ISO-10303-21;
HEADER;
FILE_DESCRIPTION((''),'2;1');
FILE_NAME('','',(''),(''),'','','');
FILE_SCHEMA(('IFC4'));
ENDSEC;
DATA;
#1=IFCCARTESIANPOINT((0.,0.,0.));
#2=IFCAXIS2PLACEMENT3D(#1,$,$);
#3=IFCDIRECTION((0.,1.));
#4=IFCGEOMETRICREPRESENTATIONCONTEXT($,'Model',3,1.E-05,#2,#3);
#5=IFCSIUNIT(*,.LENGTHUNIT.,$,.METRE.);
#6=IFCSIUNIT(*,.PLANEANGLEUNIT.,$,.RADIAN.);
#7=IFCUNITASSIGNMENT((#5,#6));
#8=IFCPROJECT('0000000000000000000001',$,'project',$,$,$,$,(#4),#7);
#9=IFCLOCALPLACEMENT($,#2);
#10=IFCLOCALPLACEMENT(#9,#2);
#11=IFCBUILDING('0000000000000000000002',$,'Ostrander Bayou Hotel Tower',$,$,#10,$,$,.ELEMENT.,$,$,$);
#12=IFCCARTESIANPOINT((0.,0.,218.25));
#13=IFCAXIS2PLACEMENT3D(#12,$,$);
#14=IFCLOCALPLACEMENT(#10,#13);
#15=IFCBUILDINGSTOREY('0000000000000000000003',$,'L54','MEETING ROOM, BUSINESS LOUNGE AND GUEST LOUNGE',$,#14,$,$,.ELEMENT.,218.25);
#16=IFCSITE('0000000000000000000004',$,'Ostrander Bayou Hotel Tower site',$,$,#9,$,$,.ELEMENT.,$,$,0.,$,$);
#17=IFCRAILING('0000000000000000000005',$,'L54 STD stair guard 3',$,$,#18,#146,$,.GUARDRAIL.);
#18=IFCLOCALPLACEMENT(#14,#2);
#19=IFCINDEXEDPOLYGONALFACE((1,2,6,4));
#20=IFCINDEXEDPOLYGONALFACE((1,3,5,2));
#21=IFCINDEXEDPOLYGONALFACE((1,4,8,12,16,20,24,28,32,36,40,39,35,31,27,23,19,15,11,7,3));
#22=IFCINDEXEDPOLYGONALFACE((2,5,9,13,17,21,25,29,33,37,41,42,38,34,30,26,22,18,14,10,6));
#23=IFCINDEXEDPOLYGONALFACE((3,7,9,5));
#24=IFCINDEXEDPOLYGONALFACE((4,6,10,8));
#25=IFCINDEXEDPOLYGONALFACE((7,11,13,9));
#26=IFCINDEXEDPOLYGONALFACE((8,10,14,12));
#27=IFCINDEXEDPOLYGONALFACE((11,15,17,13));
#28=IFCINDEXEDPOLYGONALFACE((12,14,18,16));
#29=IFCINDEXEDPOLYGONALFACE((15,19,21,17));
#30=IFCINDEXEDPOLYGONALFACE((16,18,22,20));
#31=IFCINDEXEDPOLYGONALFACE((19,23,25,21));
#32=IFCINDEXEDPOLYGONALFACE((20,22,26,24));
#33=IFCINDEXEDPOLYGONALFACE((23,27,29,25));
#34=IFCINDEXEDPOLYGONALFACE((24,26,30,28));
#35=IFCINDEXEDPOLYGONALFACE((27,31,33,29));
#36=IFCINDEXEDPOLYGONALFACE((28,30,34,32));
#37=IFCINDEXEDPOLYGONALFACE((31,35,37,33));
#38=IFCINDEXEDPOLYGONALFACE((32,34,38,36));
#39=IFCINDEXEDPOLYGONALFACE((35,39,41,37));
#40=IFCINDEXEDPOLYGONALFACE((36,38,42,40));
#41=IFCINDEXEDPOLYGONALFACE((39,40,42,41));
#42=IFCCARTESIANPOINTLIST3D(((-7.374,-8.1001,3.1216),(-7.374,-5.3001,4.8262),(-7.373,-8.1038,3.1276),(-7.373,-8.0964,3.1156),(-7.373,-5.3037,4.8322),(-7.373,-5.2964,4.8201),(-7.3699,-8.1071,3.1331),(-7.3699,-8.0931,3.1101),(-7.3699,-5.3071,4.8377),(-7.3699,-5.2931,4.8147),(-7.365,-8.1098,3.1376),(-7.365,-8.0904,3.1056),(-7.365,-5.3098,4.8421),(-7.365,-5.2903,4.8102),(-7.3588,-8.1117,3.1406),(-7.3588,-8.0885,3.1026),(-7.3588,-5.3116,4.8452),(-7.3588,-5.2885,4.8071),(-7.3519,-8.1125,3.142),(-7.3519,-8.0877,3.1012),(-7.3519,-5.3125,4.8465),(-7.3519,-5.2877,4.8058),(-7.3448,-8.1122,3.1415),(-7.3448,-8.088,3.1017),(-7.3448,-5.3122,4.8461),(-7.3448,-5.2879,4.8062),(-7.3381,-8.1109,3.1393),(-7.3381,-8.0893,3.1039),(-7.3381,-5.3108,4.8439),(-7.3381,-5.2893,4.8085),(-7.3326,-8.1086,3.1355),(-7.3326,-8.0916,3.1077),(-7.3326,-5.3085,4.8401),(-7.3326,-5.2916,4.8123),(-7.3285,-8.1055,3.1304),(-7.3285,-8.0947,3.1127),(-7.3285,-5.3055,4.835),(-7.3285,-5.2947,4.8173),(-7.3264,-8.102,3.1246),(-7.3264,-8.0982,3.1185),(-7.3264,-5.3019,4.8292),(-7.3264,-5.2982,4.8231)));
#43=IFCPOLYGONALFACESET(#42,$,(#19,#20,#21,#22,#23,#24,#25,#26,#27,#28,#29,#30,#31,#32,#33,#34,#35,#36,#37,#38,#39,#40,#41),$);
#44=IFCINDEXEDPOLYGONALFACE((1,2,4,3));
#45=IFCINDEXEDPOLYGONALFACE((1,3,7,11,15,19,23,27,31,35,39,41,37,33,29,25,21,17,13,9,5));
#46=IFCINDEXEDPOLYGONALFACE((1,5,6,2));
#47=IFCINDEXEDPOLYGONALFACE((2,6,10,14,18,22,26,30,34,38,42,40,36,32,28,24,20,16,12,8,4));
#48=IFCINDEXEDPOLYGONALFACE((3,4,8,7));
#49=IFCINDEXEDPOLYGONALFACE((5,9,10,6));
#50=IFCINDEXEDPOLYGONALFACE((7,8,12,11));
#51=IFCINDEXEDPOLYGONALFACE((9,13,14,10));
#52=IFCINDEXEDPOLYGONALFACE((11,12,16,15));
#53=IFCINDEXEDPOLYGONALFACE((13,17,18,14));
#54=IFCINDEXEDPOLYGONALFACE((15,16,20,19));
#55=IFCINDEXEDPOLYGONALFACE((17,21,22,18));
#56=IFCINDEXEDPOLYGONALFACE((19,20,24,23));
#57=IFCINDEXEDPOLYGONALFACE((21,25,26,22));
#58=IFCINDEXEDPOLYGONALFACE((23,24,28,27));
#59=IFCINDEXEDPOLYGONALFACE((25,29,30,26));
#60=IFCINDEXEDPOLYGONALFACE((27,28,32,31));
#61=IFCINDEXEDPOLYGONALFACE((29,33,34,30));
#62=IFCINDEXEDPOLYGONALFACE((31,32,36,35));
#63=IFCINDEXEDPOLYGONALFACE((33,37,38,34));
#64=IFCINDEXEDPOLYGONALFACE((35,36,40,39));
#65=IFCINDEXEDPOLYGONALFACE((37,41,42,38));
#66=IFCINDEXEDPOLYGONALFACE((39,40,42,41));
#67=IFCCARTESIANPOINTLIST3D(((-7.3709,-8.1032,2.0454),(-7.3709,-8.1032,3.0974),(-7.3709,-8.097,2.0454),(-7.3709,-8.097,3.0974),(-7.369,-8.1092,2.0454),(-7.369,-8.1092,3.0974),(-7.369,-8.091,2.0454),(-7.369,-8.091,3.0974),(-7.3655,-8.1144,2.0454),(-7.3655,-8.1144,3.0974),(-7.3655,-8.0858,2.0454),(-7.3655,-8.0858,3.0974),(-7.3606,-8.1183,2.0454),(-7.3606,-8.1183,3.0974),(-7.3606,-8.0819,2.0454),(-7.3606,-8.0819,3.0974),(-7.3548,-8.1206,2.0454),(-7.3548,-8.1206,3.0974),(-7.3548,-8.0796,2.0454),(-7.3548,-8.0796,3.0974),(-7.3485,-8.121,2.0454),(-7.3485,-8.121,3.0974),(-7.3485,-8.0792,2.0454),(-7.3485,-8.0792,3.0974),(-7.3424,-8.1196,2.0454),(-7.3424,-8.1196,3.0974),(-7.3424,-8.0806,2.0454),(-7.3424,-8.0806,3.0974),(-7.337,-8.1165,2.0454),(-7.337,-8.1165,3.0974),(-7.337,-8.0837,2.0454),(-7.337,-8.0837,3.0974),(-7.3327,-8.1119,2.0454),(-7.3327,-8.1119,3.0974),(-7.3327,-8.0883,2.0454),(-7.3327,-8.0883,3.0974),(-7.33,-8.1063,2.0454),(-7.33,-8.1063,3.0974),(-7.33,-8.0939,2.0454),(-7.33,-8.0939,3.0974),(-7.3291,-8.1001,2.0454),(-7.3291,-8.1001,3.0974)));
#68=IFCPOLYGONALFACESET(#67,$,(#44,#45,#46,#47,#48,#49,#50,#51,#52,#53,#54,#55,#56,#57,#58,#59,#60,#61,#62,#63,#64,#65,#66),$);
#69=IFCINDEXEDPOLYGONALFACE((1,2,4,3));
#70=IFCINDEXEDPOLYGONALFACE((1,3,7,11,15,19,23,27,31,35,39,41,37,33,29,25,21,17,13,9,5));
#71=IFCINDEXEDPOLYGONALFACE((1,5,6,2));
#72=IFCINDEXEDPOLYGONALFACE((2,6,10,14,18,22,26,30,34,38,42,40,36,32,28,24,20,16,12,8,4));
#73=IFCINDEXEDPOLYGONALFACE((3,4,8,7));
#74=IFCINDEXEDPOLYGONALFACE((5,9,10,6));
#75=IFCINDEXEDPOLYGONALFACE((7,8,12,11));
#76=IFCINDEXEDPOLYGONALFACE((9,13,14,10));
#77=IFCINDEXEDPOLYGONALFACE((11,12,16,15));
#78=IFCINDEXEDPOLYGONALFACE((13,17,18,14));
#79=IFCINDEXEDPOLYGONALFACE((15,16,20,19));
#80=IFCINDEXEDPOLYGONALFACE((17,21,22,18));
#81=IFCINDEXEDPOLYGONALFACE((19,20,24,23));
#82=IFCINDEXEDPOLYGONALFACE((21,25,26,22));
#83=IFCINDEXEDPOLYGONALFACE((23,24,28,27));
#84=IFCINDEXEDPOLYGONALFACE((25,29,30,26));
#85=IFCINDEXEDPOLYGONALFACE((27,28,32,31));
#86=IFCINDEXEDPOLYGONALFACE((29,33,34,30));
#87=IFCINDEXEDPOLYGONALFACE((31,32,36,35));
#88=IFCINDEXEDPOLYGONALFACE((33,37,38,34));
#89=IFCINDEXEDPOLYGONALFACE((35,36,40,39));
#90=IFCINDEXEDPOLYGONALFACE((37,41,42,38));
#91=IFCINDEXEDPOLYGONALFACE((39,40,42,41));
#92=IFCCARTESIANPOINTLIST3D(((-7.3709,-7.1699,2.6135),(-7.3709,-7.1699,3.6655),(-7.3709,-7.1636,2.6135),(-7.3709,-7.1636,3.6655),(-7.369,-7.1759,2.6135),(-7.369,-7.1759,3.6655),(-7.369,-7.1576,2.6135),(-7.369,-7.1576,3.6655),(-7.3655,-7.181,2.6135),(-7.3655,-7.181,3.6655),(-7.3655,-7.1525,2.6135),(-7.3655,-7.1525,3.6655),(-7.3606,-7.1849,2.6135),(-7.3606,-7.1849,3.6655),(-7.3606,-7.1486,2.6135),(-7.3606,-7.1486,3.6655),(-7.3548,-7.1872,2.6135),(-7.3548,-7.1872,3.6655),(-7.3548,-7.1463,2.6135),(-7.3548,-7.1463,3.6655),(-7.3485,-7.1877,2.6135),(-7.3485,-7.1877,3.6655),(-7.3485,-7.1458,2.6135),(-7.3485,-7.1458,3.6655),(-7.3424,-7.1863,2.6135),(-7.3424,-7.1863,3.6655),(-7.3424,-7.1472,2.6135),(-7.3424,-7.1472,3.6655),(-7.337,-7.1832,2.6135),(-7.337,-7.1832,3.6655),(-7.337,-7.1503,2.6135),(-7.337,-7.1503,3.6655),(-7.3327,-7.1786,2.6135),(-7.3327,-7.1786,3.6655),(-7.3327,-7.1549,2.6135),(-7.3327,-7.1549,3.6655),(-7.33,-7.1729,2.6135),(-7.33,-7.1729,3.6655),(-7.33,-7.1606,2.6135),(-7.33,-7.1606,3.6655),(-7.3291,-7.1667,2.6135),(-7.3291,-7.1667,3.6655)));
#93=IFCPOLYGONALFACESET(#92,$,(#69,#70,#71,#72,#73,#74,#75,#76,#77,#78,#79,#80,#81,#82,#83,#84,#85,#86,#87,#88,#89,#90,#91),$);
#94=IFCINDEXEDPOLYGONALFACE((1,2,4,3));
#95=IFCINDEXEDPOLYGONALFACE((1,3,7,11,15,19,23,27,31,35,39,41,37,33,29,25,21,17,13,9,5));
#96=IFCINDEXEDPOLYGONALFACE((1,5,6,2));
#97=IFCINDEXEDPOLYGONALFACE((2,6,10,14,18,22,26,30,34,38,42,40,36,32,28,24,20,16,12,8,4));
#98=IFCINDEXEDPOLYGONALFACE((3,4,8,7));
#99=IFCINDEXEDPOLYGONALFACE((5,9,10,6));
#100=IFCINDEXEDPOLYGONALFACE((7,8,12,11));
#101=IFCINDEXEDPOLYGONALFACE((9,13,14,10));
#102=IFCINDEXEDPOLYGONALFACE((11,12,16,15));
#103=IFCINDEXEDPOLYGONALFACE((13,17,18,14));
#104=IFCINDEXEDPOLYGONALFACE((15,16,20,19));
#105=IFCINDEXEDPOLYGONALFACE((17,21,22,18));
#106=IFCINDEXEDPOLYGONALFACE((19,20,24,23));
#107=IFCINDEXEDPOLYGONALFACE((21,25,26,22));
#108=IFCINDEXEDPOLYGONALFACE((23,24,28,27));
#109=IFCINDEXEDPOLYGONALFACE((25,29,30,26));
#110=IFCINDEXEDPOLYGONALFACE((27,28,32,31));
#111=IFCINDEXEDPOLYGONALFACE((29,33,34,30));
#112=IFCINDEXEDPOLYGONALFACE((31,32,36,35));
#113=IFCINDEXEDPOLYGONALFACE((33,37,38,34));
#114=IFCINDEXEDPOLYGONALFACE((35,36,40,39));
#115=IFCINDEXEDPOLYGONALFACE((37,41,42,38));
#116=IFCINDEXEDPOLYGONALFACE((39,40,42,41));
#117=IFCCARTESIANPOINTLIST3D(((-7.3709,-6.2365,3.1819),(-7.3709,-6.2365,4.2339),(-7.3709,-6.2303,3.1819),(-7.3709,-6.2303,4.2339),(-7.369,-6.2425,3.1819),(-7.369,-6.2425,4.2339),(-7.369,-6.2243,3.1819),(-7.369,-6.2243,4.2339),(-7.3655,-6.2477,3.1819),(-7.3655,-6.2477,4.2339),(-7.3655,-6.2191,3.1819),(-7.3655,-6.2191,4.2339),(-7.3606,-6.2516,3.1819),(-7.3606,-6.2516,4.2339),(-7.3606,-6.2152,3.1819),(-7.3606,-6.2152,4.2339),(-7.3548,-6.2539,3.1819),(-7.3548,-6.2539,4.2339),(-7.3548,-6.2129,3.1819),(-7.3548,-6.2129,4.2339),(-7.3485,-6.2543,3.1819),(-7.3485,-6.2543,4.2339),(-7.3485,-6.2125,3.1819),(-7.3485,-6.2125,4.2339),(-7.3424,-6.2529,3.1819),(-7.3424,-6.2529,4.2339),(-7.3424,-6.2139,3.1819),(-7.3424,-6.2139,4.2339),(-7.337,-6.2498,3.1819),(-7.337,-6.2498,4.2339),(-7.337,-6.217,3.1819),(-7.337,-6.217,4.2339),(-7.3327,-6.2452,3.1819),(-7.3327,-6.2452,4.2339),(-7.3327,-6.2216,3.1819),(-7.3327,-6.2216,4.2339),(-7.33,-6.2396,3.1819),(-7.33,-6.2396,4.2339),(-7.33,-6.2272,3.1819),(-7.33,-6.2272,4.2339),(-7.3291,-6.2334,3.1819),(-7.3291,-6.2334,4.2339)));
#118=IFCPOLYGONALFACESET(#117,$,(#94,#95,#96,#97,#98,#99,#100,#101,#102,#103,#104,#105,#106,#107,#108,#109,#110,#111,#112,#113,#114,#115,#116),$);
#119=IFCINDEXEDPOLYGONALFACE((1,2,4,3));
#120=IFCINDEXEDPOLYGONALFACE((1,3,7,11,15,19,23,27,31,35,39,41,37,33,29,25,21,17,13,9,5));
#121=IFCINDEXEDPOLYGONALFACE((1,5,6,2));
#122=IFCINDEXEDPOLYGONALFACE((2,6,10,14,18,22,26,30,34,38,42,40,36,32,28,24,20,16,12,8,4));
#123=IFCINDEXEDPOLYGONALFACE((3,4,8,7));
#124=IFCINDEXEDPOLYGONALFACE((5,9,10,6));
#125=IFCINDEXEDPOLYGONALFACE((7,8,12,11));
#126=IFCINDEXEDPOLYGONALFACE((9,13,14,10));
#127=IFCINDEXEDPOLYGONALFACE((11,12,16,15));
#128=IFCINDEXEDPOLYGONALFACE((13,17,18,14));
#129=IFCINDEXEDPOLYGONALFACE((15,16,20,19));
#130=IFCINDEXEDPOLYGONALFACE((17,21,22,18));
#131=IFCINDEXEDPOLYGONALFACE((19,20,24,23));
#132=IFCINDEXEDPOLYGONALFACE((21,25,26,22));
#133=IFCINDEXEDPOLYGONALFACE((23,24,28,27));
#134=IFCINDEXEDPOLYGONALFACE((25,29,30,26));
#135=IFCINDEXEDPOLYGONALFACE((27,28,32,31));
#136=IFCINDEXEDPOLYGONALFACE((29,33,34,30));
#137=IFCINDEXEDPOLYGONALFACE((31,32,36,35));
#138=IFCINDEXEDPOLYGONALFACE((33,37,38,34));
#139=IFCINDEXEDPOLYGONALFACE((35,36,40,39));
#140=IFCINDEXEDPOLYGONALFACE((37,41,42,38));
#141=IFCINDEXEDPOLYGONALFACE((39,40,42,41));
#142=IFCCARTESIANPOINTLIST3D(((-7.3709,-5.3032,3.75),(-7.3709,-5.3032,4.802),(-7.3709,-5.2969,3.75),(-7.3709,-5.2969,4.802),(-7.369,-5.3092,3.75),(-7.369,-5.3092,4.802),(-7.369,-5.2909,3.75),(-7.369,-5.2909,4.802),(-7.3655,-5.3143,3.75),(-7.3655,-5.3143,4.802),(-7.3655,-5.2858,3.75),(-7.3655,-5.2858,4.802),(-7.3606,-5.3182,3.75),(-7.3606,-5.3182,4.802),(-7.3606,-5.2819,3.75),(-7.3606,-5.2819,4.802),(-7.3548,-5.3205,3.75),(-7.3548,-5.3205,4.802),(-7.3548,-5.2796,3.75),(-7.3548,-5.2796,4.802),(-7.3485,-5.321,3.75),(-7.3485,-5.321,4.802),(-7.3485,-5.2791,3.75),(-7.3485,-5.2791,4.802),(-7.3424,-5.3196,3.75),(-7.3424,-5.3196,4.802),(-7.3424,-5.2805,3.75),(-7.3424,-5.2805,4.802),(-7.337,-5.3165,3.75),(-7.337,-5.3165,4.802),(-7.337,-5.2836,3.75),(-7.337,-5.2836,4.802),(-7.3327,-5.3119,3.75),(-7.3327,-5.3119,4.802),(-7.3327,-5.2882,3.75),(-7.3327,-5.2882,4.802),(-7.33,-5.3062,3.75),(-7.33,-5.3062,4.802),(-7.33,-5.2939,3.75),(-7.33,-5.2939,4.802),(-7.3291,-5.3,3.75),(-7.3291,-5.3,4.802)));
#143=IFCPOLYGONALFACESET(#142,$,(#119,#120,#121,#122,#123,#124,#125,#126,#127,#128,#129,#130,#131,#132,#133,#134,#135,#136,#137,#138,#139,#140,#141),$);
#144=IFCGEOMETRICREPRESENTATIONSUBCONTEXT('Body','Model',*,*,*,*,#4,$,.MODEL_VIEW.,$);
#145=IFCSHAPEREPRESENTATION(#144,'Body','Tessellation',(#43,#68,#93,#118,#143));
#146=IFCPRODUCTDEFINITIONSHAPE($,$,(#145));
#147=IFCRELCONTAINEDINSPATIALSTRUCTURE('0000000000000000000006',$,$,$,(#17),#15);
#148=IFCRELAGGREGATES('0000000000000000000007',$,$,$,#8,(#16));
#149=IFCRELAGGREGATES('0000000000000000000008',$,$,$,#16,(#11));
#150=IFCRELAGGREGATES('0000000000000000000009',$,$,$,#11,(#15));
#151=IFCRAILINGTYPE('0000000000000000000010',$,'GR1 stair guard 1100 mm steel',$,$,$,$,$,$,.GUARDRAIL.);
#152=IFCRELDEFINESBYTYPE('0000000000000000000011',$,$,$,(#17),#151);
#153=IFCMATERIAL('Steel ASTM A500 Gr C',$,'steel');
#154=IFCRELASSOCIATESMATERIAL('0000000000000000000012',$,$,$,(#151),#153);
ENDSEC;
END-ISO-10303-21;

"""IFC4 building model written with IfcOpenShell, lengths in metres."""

from ifc_helpers import new_model, si_unit, direction, frame, origin, origin_2d, place, context, subcontext, project, spatial, circle, extrude, material, type_object, element, save


model = new_model("IFC4")

# Units and contexts
model_context = context("Model", 3, precision=1e-05, world=origin(), true_north=direction((0.0, 1.0)))
body_context = subcontext(model_context, "Body", "Model", "MODEL_VIEW")
ifc_project = project(units=[si_unit("LENGTHUNIT", "METRE"), si_unit("PLANEANGLEUNIT", "RADIAN")], contexts=[model_context])

# Site, building, storey
site_placement = place(None, origin())
site = spatial("IfcSite", under=ifc_project, at=site_placement, Name="Ostrander Bayou Hotel Tower site", CompositionType="ELEMENT", RefElevation=0.0)
building_placement = place(site_placement, origin())
building = spatial("IfcBuilding", under=site, at=building_placement, Name="Ostrander Bayou Hotel Tower", CompositionType="ELEMENT")
storey_placement = place(building_placement, frame((0.0, 0.0, 218.25)))
storey = spatial("IfcBuildingStorey", under=building, at=storey_placement, Name="L54", Description="MEETING ROOM, BUSINESS LOUNGE AND GUEST LOUNGE", CompositionType="ELEMENT", Elevation=218.25)

# Railing
ifc_material_1 = material(Name="Steel ASTM A500 Gr C", Category="steel")
railing_type_1 = type_object("IfcRailingType", Name="GR1 stair guard 1100 mm steel", PredefinedType="GUARDRAIL", material=ifc_material_1)
railing_1_placement = place(storey_placement, frame((-7.3501, -8.1001, 2.0454)))
element("IfcRailing", 1, at=railing_1_placement, inside=storey, type_object=railing_type_1, Name="L54 STD stair guard 3", PredefinedType="GUARDRAIL", context=body_context, shape_type="SweptSolid", body=[
    extrude(circle(Radius=0.0239, at=origin_2d()), frame((0.0, 0.0, 1.0762), z_axis=(0.0, 0.85417, 0.519994), x_axis=(-1.0, 0.0, 0.0)), (0.0, 0.0, 1.0), 3.2781),
    extrude(circle(Radius=0.021, at=origin_2d()), origin(), (0.0, 0.0, 1.0), 1.052),
    extrude(circle(Radius=0.021, at=origin_2d()), frame((0.0, 0.9333, 0.5681)), (0.0, 0.0, 1.0), 1.052),
    extrude(circle(Radius=0.021, at=origin_2d()), frame((0.0, 1.8667, 1.1365)), (0.0, 0.0, 1.0), 1.052),
    extrude(circle(Radius=0.021, at=origin_2d()), frame((0.0, 2.8, 1.7046)), (0.0, 0.0, 1.0), 1.052),
])

save(model, "model.ifc")
